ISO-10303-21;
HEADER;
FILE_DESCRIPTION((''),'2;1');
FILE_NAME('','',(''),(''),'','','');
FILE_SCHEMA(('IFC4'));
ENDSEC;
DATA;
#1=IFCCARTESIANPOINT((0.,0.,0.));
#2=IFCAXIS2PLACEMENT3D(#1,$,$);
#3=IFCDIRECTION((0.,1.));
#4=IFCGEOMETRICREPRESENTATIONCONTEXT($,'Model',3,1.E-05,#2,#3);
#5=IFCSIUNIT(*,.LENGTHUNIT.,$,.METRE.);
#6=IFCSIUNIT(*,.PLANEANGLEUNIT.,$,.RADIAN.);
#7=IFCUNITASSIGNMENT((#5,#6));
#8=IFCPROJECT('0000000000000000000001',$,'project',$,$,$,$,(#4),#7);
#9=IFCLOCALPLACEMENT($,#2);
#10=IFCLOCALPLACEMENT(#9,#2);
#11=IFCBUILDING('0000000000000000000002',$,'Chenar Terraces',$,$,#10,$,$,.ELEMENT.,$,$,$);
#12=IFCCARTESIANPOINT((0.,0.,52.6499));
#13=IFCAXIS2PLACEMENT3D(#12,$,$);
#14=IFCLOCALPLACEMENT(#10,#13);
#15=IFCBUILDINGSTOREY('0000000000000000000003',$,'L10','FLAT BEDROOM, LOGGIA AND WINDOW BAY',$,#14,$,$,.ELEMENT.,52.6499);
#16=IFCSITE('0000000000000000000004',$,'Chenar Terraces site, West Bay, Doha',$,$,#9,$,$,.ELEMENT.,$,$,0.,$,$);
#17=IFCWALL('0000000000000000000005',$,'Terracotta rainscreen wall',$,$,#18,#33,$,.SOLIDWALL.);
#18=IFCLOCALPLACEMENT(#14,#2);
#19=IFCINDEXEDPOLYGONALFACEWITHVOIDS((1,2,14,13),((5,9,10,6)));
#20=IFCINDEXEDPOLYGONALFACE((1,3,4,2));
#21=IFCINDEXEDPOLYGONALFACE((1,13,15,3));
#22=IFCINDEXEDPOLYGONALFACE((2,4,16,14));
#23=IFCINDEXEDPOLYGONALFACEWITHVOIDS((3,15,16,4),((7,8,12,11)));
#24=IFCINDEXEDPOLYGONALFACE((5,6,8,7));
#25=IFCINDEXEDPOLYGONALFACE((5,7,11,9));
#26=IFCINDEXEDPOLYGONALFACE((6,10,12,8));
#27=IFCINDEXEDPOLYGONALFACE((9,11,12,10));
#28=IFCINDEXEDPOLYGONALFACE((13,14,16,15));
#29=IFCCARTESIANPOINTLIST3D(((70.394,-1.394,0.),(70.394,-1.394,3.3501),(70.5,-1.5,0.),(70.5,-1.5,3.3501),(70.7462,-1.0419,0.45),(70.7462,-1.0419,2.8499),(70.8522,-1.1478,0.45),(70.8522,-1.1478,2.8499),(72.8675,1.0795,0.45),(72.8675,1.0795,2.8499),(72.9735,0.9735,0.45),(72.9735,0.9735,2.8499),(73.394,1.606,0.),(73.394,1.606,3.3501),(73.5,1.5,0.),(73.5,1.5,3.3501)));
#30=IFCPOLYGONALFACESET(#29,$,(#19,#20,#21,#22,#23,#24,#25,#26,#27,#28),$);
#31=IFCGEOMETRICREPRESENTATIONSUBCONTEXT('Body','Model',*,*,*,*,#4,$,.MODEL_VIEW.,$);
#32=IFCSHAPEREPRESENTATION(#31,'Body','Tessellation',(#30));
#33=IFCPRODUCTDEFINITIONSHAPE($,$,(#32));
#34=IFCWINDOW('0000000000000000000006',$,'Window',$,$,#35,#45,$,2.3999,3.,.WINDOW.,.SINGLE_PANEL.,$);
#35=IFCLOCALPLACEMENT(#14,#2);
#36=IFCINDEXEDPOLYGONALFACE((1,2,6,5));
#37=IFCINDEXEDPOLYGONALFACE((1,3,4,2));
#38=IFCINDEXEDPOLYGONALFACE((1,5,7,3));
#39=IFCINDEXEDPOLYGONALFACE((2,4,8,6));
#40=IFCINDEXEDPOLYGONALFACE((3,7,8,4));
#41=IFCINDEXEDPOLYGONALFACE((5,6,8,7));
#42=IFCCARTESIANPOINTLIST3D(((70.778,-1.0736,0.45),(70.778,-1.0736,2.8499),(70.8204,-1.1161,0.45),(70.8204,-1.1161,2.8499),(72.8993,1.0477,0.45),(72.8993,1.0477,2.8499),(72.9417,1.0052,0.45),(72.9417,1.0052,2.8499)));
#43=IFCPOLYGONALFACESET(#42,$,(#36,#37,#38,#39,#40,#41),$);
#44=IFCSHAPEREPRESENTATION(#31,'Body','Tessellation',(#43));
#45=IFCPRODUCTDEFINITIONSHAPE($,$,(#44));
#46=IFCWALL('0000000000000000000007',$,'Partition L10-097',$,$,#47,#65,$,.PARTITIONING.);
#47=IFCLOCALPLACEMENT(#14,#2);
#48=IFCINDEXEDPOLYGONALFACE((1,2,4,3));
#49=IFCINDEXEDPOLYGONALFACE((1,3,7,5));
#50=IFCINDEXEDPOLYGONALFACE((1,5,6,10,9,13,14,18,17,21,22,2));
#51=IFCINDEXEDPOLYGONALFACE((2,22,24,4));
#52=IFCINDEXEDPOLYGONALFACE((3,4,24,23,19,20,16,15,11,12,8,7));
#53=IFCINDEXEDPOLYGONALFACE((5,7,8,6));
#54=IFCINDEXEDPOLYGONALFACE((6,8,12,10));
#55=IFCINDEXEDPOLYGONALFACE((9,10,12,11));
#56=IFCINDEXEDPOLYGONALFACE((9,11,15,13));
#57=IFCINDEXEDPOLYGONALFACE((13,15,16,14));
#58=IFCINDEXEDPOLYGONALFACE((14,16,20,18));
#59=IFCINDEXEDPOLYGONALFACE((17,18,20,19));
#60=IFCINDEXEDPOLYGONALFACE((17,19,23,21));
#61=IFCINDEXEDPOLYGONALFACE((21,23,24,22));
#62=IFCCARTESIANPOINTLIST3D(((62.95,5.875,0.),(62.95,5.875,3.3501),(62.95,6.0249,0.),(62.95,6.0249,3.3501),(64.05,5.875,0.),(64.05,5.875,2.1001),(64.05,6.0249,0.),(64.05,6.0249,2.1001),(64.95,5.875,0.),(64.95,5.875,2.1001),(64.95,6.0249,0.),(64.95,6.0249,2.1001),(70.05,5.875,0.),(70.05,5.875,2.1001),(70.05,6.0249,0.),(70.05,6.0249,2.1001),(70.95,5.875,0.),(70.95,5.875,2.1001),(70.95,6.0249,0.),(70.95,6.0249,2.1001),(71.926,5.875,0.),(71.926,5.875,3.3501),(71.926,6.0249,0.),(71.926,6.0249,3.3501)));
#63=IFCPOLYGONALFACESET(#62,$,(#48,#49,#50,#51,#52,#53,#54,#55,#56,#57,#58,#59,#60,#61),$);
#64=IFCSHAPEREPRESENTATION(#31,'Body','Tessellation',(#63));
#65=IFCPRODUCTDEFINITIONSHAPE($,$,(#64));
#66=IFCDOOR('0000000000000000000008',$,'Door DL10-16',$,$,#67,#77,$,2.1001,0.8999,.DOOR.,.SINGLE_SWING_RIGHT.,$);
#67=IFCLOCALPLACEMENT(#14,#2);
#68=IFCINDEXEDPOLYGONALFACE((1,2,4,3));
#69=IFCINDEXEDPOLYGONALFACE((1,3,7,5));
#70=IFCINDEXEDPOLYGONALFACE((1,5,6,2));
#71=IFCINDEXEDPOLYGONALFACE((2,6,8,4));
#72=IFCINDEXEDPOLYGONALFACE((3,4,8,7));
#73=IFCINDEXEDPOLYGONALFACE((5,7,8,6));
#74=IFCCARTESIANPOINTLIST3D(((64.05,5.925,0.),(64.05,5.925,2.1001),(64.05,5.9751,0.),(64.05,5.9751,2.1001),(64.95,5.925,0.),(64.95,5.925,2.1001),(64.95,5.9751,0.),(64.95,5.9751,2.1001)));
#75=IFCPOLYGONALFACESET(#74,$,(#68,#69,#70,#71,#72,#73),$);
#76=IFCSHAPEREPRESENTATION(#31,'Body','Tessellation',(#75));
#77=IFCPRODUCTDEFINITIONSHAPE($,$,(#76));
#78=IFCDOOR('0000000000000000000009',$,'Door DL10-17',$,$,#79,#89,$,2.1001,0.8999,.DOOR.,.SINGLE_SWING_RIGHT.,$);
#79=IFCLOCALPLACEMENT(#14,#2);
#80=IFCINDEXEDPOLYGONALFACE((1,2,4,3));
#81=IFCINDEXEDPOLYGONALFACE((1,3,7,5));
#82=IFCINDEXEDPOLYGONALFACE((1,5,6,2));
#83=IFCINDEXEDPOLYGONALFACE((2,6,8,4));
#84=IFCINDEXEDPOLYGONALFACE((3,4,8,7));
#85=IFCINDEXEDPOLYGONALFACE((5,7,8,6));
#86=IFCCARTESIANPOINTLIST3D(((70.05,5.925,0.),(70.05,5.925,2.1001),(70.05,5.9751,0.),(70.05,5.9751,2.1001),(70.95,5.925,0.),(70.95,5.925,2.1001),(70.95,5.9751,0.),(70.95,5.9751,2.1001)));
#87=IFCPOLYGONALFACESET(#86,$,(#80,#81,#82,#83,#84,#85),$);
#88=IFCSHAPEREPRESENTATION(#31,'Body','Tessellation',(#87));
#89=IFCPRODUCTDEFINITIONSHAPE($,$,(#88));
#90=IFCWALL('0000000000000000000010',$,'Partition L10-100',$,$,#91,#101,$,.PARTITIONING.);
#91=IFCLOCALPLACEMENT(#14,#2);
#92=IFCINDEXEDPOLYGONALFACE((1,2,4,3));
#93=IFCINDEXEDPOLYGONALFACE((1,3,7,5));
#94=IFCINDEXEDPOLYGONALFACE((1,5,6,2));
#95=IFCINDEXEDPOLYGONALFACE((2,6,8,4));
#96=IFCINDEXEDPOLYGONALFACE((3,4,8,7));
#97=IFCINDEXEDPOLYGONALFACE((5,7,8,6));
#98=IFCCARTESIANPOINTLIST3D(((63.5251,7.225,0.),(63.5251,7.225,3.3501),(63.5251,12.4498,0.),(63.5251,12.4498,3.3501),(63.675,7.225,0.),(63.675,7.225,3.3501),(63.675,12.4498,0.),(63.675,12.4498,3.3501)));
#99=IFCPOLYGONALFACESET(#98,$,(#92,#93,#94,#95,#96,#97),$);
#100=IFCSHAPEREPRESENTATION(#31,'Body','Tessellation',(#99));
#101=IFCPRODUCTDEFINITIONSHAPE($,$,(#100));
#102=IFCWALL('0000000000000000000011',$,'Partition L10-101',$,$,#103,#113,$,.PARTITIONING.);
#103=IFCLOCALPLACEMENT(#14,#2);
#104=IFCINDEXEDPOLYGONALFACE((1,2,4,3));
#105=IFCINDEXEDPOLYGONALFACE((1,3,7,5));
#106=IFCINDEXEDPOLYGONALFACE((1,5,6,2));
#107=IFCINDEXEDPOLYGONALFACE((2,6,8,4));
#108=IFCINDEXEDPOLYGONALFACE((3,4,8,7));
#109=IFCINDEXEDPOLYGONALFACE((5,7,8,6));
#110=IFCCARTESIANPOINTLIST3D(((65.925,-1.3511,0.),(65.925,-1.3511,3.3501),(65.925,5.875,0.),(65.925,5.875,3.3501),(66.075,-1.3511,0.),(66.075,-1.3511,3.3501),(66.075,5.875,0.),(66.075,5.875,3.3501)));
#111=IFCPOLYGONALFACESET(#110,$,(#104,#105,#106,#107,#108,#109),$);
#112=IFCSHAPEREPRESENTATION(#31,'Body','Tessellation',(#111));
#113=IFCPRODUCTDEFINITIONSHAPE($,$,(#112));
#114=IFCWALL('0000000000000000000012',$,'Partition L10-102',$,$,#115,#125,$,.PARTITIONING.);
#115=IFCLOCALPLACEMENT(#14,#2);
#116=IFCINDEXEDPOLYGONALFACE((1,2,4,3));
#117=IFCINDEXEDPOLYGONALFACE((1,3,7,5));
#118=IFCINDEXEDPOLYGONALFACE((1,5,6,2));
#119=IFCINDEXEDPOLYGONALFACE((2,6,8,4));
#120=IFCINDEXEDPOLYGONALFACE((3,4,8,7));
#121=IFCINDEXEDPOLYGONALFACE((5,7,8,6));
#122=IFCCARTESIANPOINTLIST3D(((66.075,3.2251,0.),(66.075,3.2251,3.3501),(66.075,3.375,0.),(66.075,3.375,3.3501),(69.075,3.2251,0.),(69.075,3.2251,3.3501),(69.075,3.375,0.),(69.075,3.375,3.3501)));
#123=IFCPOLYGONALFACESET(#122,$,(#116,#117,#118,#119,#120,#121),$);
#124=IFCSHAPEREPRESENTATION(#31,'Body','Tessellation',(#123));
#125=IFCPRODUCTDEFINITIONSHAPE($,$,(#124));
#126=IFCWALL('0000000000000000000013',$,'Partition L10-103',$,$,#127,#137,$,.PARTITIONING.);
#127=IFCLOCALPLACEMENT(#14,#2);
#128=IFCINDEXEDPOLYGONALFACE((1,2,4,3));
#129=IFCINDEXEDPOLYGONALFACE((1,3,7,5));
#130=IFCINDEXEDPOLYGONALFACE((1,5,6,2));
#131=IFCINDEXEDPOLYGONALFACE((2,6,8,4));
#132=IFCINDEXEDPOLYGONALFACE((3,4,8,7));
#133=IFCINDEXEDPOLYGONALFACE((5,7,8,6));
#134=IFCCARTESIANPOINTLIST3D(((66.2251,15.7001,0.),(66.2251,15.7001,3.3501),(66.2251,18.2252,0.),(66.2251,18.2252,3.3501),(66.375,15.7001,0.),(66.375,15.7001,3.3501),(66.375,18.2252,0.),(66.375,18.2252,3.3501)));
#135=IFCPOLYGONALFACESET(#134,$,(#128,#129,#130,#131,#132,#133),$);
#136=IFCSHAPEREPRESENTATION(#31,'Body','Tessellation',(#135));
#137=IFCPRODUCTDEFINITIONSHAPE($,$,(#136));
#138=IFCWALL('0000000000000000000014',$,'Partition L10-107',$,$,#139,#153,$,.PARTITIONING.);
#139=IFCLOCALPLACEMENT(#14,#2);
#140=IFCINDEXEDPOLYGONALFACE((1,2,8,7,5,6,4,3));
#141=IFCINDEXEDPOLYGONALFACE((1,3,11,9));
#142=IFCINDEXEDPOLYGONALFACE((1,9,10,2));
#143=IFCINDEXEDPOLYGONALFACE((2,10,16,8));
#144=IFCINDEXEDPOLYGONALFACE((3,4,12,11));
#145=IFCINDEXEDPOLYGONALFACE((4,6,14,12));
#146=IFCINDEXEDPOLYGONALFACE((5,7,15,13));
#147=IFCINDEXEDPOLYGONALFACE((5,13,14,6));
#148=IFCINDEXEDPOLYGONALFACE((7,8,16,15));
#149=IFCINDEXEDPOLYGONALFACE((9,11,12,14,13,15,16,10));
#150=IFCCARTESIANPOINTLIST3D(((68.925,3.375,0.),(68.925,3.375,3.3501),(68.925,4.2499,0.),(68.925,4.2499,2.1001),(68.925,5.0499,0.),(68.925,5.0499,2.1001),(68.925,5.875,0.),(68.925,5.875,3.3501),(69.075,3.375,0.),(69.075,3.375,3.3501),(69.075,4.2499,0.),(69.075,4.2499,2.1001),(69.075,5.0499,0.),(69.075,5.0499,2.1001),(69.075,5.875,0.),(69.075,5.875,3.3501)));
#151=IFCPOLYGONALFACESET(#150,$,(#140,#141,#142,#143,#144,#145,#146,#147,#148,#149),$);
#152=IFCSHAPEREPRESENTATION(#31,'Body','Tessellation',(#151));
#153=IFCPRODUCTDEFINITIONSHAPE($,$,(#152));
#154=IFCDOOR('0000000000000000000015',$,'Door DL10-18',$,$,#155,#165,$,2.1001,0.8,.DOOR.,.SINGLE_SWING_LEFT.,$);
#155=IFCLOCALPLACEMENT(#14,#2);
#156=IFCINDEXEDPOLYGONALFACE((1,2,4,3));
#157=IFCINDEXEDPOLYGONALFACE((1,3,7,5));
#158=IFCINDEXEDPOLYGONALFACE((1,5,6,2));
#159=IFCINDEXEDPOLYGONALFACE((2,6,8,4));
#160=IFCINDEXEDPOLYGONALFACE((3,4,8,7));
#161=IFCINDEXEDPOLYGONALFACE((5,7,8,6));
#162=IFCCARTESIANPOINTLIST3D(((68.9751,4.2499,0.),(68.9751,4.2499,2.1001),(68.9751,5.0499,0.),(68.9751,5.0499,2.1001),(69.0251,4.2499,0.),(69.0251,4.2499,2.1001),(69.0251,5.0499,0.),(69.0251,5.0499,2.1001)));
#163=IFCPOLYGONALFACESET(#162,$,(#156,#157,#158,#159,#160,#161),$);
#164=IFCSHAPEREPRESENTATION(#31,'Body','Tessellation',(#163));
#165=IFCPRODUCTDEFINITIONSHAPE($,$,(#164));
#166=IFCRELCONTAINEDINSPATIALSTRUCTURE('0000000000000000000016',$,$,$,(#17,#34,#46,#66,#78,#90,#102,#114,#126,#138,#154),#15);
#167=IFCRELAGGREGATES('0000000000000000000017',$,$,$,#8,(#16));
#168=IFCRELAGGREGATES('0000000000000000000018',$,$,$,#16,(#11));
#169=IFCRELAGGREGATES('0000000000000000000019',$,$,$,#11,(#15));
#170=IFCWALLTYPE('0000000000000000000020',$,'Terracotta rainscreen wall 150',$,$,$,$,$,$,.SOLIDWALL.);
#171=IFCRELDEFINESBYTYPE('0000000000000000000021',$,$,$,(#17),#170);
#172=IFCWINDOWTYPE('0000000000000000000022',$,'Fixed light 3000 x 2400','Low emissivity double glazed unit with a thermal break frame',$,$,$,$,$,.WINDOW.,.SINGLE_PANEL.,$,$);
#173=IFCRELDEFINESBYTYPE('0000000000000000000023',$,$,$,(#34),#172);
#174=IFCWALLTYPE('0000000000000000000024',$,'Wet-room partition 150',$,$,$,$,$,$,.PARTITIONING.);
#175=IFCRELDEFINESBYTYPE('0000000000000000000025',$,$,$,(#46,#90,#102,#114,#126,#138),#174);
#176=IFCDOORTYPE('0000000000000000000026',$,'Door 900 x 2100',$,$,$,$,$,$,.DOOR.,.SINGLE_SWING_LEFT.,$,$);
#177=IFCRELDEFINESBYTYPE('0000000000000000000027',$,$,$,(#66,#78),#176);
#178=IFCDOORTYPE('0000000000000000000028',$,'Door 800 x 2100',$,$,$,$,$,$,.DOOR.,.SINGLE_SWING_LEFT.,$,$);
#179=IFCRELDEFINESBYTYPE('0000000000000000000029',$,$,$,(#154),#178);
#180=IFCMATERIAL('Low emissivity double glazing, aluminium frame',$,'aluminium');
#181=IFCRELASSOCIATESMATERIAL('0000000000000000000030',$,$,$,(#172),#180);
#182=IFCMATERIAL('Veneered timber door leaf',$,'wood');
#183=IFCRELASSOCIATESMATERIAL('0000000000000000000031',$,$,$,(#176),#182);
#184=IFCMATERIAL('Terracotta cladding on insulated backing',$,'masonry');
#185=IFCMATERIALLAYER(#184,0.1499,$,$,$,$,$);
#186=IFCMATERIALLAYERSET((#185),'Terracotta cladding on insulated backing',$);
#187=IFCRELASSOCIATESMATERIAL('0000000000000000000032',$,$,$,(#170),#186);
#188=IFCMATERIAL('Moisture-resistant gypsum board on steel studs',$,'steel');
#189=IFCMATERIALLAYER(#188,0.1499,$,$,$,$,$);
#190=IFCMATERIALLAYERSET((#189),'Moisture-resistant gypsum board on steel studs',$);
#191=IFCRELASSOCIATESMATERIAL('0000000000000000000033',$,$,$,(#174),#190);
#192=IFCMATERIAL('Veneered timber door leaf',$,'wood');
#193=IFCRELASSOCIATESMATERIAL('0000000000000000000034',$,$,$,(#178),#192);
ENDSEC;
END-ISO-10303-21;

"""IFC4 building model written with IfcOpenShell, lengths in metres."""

from ifc_helpers import new_model, si_unit, direction, frame, frame_2d, origin, place, context, subcontext, project, spatial, rectangle, extrude, material, layer, layer_set, type_object, element, fill, save


model = new_model("IFC4")

# Units and contexts
model_context = context("Model", 3, precision=1e-05, world=origin(), true_north=direction((0.0, 1.0)))
body_context = subcontext(model_context, "Body", "Model", "MODEL_VIEW")
ifc_project = project(units=[si_unit("LENGTHUNIT", "METRE"), si_unit("PLANEANGLEUNIT", "RADIAN")], contexts=[model_context])

# Site, building, storey
site_placement = place(None, origin())
site = spatial("IfcSite", under=ifc_project, at=site_placement, Name="Chenar Terraces site, West Bay, Doha", CompositionType="ELEMENT", RefElevation=0.0)
building_placement = place(site_placement, origin())
building = spatial("IfcBuilding", under=site, at=building_placement, Name="Chenar Terraces", CompositionType="ELEMENT")
storey_placement = place(building_placement, frame((0.0, 0.0, 52.6499)))
storey = spatial("IfcBuildingStorey", under=building, at=storey_placement, Name="L10", Description="FLAT BEDROOM, LOGGIA AND WINDOW BAY", CompositionType="ELEMENT", Elevation=52.6499)

# Shared definitions
ifc_material_1 = material(Name="Low emissivity double glazing, aluminium frame", Category="aluminium")
window_type_1 = type_object("IfcWindowType", Name="Fixed light 3000 x 2400", Description="Low emissivity double glazed unit with a thermal break frame", PartitioningType="SINGLE_PANEL", PredefinedType="WINDOW", material=ifc_material_1)

# Shared definitions
ifc_material_2 = material(Name="Veneered timber door leaf", Category="wood")
door_type_1 = type_object("IfcDoorType", Name="Door 900 x 2100", OperationType="SINGLE_SWING_LEFT", PredefinedType="DOOR", material=ifc_material_2)

# Wall, opening, window
ifc_material_3 = material(Name="Terracotta cladding on insulated backing", Category="masonry")
ifc_layer_1 = layer(ifc_material_3, 0.1499)
ifc_layer_set_1 = layer_set([ifc_layer_1], Name="Terracotta cladding on insulated backing")
wall_type_1 = type_object("IfcWallType", Name="Terracotta rainscreen wall 150", PredefinedType="SOLIDWALL", material=ifc_layer_set_1)
wall_1_placement = place(storey_placement, frame((70.447, -1.447, 0.0), z_axis=(0.0, 0.0, 1.0), x_axis=(0.707107, 0.707107, 0.0)))
wall_1 = element("IfcWall", 1, at=wall_1_placement, inside=storey, type_object=wall_type_1, Name="Terracotta rainscreen wall", PredefinedType="SOLIDWALL", context=body_context, shape_type="SweptSolid", body=[
    extrude(rectangle(XDim=4.2427, YDim=0.1499, at=frame_2d((2.1213, 0.0))), origin(), (0.0, 0.0, 1.0), 3.3501),
])
opening_1_placement = place(wall_1_placement, frame((0.498, 0.0, 0.45)))
opening_1 = element("IfcOpeningElement", 2, at=opening_1_placement, cuts=wall_1, PredefinedType="OPENING", context=body_context, shape_type="SweptSolid", body=[
    extrude(rectangle(XDim=3.0, YDim=2.3999, at=frame_2d((1.5, 1.2))), frame((0.0, 0.085, 0.0), z_axis=(0.0, -1.0, 0.0), x_axis=(1.0, 0.0, 0.0)), (0.0, 0.0, 1.0), 0.1699),
])
window_1_placement = place(opening_1_placement, origin())
window_1 = element("IfcWindow", 3, at=window_1_placement, inside=storey, type_object=window_type_1, Name="Window", OverallHeight=2.3999, OverallWidth=3.0, PartitioningType="SINGLE_PANEL", PredefinedType="WINDOW", context=body_context, shape_type="SweptSolid", body=[
    extrude(rectangle(XDim=3.0, YDim=2.3999, at=frame_2d((1.5, 1.2))), frame((0.0, 0.03, 0.0), z_axis=(0.0, -1.0, 0.0), x_axis=(1.0, 0.0, 0.0)), (0.0, 0.0, 1.0), 0.0601),
])
fill(opening_1, window_1)

# Wall, openings, doors
ifc_material_4 = material(Name="Moisture-resistant gypsum board on steel studs", Category="steel")
ifc_layer_2 = layer(ifc_material_4, 0.1499)
ifc_layer_set_2 = layer_set([ifc_layer_2], Name="Moisture-resistant gypsum board on steel studs")
wall_type_2 = type_object("IfcWallType", Name="Wet-room partition 150", PredefinedType="PARTITIONING", material=ifc_layer_set_2)
wall_2_placement = place(storey_placement, frame((62.95, 5.95, 0.0), z_axis=(0.0, 0.0, 1.0), x_axis=(1.0, 0.0, 0.0)))
wall_2 = element("IfcWall", 4, at=wall_2_placement, inside=storey, type_object=wall_type_2, Name="Partition L10-097", PredefinedType="PARTITIONING", context=body_context, shape_type="SweptSolid", body=[
    extrude(rectangle(XDim=8.9761, YDim=0.1499, at=frame_2d((4.488, 0.0))), origin(), (0.0, 0.0, 1.0), 3.3501),
])
opening_2_placement = place(wall_2_placement, frame((1.1001, 0.0, 0.0)))
opening_2 = element("IfcOpeningElement", 5, at=opening_2_placement, cuts=wall_2, PredefinedType="OPENING", context=body_context, shape_type="SweptSolid", body=[
    extrude(rectangle(XDim=0.8999, YDim=2.1001, at=frame_2d((0.45, 1.05))), frame((0.0, 0.085, 0.0), z_axis=(0.0, -1.0, 0.0), x_axis=(1.0, 0.0, 0.0)), (0.0, 0.0, 1.0), 0.1699),
])
opening_3_placement = place(wall_2_placement, frame((7.1001, 0.0, 0.0)))
opening_3 = element("IfcOpeningElement", 6, at=opening_3_placement, cuts=wall_2, PredefinedType="OPENING", context=body_context, shape_type="SweptSolid", body=[
    extrude(rectangle(XDim=0.8999, YDim=2.1001, at=frame_2d((0.45, 1.05))), frame((0.0, 0.085, 0.0), z_axis=(0.0, -1.0, 0.0), x_axis=(1.0, 0.0, 0.0)), (0.0, 0.0, 1.0), 0.1699),
])
door_1_placement = place(opening_2_placement, frame((0.8999, 0.0, 0.0), z_axis=(0.0, 0.0, 1.0), x_axis=(-1.0, 0.0, 0.0)))
door_1 = element("IfcDoor", 7, at=door_1_placement, inside=storey, type_object=door_type_1, Name="Door DL10-16", OperationType="SINGLE_SWING_RIGHT", OverallHeight=2.1001, OverallWidth=0.8999, PredefinedType="DOOR", context=body_context, shape_type="SweptSolid", body=[
    extrude(rectangle(XDim=0.8999, YDim=2.1001, at=frame_2d((0.45, 1.05))), frame((0.0, 0.0249, 0.0), z_axis=(0.0, -1.0, 0.0), x_axis=(1.0, 0.0, 0.0)), (0.0, 0.0, 1.0), 0.05),
])
fill(opening_2, door_1)
door_2_placement = place(opening_3_placement, frame((0.8999, 0.0, 0.0), z_axis=(0.0, 0.0, 1.0), x_axis=(-1.0, 0.0, 0.0)))
door_2 = element("IfcDoor", 8, at=door_2_placement, inside=storey, type_object=door_type_1, Name="Door DL10-17", OperationType="SINGLE_SWING_RIGHT", OverallHeight=2.1001, OverallWidth=0.8999, PredefinedType="DOOR", context=body_context, shape_type="SweptSolid", body=[
    extrude(rectangle(XDim=0.8999, YDim=2.1001, at=frame_2d((0.45, 1.05))), frame((0.0, 0.0249, 0.0), z_axis=(0.0, -1.0, 0.0), x_axis=(1.0, 0.0, 0.0)), (0.0, 0.0, 1.0), 0.05),
])
fill(opening_3, door_2)

# Walls
wall_3_placement = place(storey_placement, frame((63.6001, 7.2251, 0.0), z_axis=(0.0, 0.0, 1.0), x_axis=(0.0, 1.0, 0.0)))
element("IfcWall", 9, at=wall_3_placement, inside=storey, type_object=wall_type_2, Name="Partition L10-100", PredefinedType="PARTITIONING", context=body_context, shape_type="SweptSolid", body=[
    extrude(rectangle(XDim=5.2249, YDim=0.1499, at=frame_2d((2.6123, 0.0))), origin(), (0.0, 0.0, 1.0), 3.3501),
])
wall_4_placement = place(storey_placement, frame((66.0, -1.3511, 0.0), z_axis=(0.0, 0.0, 1.0), x_axis=(0.0, 1.0, 0.0)))
element("IfcWall", 10, at=wall_4_placement, inside=storey, type_object=wall_type_2, Name="Partition L10-101", PredefinedType="PARTITIONING", context=body_context, shape_type="SweptSolid", body=[
    extrude(rectangle(XDim=7.2261, YDim=0.1499, at=frame_2d((3.613, 0.0))), origin(), (0.0, 0.0, 1.0), 3.3501),
])
wall_5_placement = place(storey_placement, frame((66.075, 3.3, 0.0), z_axis=(0.0, 0.0, 1.0), x_axis=(1.0, 0.0, 0.0)))
element("IfcWall", 11, at=wall_5_placement, inside=storey, type_object=wall_type_2, Name="Partition L10-102", PredefinedType="PARTITIONING", context=body_context, shape_type="SweptSolid", body=[
    extrude(rectangle(XDim=3.0, YDim=0.1499, at=frame_2d((1.5, 0.0))), origin(), (0.0, 0.0, 1.0), 3.3501),
])
wall_6_placement = place(storey_placement, frame((66.3, 15.7, 0.0), z_axis=(0.0, 0.0, 1.0), x_axis=(0.0, 1.0, 0.0)))
element("IfcWall", 12, at=wall_6_placement, inside=storey, type_object=wall_type_2, Name="Partition L10-103", PredefinedType="PARTITIONING", context=body_context, shape_type="SweptSolid", body=[
    extrude(rectangle(XDim=2.5251, YDim=0.1499, at=frame_2d((1.2627, 0.0))), origin(), (0.0, 0.0, 1.0), 3.3501),
])

# Wall, opening, door
wall_7_placement = place(storey_placement, frame((69.0, 3.375, 0.0), z_axis=(0.0, 0.0, 1.0), x_axis=(0.0, 1.0, 0.0)))
wall_7 = element("IfcWall", 13, at=wall_7_placement, inside=storey, type_object=wall_type_2, Name="Partition L10-107", PredefinedType="PARTITIONING", context=body_context, shape_type="SweptSolid", body=[
    extrude(rectangle(XDim=2.5, YDim=0.1499, at=frame_2d((1.25, 0.0))), origin(), (0.0, 0.0, 1.0), 3.3501),
])
opening_4_placement = place(wall_7_placement, frame((0.875, 0.0, 0.0)))
opening_4 = element("IfcOpeningElement", 14, at=opening_4_placement, cuts=wall_7, PredefinedType="OPENING", context=body_context, shape_type="SweptSolid", body=[
    extrude(rectangle(XDim=0.8, YDim=2.1001, at=frame_2d((0.3999, 1.05))), frame((0.0, 0.085, 0.0), z_axis=(0.0, -1.0, 0.0), x_axis=(1.0, 0.0, 0.0)), (0.0, 0.0, 1.0), 0.1699),
])
ifc_material_5 = material(Name="Veneered timber door leaf", Category="wood")
door_type_2 = type_object("IfcDoorType", Name="Door 800 x 2100", OperationType="SINGLE_SWING_LEFT", PredefinedType="DOOR", material=ifc_material_5)
door_3_placement = place(opening_4_placement, origin())
door_3 = element("IfcDoor", 15, at=door_3_placement, inside=storey, type_object=door_type_2, Name="Door DL10-18", OperationType="SINGLE_SWING_LEFT", OverallHeight=2.1001, OverallWidth=0.8, PredefinedType="DOOR", context=body_context, shape_type="SweptSolid", body=[
    extrude(rectangle(XDim=0.8, YDim=2.1001, at=frame_2d((0.3999, 1.05))), frame((0.0, 0.0249, 0.0), z_axis=(0.0, -1.0, 0.0), x_axis=(1.0, 0.0, 0.0)), (0.0, 0.0, 1.0), 0.05),
])
fill(opening_4, door_3)

save(model, "model.ifc")
